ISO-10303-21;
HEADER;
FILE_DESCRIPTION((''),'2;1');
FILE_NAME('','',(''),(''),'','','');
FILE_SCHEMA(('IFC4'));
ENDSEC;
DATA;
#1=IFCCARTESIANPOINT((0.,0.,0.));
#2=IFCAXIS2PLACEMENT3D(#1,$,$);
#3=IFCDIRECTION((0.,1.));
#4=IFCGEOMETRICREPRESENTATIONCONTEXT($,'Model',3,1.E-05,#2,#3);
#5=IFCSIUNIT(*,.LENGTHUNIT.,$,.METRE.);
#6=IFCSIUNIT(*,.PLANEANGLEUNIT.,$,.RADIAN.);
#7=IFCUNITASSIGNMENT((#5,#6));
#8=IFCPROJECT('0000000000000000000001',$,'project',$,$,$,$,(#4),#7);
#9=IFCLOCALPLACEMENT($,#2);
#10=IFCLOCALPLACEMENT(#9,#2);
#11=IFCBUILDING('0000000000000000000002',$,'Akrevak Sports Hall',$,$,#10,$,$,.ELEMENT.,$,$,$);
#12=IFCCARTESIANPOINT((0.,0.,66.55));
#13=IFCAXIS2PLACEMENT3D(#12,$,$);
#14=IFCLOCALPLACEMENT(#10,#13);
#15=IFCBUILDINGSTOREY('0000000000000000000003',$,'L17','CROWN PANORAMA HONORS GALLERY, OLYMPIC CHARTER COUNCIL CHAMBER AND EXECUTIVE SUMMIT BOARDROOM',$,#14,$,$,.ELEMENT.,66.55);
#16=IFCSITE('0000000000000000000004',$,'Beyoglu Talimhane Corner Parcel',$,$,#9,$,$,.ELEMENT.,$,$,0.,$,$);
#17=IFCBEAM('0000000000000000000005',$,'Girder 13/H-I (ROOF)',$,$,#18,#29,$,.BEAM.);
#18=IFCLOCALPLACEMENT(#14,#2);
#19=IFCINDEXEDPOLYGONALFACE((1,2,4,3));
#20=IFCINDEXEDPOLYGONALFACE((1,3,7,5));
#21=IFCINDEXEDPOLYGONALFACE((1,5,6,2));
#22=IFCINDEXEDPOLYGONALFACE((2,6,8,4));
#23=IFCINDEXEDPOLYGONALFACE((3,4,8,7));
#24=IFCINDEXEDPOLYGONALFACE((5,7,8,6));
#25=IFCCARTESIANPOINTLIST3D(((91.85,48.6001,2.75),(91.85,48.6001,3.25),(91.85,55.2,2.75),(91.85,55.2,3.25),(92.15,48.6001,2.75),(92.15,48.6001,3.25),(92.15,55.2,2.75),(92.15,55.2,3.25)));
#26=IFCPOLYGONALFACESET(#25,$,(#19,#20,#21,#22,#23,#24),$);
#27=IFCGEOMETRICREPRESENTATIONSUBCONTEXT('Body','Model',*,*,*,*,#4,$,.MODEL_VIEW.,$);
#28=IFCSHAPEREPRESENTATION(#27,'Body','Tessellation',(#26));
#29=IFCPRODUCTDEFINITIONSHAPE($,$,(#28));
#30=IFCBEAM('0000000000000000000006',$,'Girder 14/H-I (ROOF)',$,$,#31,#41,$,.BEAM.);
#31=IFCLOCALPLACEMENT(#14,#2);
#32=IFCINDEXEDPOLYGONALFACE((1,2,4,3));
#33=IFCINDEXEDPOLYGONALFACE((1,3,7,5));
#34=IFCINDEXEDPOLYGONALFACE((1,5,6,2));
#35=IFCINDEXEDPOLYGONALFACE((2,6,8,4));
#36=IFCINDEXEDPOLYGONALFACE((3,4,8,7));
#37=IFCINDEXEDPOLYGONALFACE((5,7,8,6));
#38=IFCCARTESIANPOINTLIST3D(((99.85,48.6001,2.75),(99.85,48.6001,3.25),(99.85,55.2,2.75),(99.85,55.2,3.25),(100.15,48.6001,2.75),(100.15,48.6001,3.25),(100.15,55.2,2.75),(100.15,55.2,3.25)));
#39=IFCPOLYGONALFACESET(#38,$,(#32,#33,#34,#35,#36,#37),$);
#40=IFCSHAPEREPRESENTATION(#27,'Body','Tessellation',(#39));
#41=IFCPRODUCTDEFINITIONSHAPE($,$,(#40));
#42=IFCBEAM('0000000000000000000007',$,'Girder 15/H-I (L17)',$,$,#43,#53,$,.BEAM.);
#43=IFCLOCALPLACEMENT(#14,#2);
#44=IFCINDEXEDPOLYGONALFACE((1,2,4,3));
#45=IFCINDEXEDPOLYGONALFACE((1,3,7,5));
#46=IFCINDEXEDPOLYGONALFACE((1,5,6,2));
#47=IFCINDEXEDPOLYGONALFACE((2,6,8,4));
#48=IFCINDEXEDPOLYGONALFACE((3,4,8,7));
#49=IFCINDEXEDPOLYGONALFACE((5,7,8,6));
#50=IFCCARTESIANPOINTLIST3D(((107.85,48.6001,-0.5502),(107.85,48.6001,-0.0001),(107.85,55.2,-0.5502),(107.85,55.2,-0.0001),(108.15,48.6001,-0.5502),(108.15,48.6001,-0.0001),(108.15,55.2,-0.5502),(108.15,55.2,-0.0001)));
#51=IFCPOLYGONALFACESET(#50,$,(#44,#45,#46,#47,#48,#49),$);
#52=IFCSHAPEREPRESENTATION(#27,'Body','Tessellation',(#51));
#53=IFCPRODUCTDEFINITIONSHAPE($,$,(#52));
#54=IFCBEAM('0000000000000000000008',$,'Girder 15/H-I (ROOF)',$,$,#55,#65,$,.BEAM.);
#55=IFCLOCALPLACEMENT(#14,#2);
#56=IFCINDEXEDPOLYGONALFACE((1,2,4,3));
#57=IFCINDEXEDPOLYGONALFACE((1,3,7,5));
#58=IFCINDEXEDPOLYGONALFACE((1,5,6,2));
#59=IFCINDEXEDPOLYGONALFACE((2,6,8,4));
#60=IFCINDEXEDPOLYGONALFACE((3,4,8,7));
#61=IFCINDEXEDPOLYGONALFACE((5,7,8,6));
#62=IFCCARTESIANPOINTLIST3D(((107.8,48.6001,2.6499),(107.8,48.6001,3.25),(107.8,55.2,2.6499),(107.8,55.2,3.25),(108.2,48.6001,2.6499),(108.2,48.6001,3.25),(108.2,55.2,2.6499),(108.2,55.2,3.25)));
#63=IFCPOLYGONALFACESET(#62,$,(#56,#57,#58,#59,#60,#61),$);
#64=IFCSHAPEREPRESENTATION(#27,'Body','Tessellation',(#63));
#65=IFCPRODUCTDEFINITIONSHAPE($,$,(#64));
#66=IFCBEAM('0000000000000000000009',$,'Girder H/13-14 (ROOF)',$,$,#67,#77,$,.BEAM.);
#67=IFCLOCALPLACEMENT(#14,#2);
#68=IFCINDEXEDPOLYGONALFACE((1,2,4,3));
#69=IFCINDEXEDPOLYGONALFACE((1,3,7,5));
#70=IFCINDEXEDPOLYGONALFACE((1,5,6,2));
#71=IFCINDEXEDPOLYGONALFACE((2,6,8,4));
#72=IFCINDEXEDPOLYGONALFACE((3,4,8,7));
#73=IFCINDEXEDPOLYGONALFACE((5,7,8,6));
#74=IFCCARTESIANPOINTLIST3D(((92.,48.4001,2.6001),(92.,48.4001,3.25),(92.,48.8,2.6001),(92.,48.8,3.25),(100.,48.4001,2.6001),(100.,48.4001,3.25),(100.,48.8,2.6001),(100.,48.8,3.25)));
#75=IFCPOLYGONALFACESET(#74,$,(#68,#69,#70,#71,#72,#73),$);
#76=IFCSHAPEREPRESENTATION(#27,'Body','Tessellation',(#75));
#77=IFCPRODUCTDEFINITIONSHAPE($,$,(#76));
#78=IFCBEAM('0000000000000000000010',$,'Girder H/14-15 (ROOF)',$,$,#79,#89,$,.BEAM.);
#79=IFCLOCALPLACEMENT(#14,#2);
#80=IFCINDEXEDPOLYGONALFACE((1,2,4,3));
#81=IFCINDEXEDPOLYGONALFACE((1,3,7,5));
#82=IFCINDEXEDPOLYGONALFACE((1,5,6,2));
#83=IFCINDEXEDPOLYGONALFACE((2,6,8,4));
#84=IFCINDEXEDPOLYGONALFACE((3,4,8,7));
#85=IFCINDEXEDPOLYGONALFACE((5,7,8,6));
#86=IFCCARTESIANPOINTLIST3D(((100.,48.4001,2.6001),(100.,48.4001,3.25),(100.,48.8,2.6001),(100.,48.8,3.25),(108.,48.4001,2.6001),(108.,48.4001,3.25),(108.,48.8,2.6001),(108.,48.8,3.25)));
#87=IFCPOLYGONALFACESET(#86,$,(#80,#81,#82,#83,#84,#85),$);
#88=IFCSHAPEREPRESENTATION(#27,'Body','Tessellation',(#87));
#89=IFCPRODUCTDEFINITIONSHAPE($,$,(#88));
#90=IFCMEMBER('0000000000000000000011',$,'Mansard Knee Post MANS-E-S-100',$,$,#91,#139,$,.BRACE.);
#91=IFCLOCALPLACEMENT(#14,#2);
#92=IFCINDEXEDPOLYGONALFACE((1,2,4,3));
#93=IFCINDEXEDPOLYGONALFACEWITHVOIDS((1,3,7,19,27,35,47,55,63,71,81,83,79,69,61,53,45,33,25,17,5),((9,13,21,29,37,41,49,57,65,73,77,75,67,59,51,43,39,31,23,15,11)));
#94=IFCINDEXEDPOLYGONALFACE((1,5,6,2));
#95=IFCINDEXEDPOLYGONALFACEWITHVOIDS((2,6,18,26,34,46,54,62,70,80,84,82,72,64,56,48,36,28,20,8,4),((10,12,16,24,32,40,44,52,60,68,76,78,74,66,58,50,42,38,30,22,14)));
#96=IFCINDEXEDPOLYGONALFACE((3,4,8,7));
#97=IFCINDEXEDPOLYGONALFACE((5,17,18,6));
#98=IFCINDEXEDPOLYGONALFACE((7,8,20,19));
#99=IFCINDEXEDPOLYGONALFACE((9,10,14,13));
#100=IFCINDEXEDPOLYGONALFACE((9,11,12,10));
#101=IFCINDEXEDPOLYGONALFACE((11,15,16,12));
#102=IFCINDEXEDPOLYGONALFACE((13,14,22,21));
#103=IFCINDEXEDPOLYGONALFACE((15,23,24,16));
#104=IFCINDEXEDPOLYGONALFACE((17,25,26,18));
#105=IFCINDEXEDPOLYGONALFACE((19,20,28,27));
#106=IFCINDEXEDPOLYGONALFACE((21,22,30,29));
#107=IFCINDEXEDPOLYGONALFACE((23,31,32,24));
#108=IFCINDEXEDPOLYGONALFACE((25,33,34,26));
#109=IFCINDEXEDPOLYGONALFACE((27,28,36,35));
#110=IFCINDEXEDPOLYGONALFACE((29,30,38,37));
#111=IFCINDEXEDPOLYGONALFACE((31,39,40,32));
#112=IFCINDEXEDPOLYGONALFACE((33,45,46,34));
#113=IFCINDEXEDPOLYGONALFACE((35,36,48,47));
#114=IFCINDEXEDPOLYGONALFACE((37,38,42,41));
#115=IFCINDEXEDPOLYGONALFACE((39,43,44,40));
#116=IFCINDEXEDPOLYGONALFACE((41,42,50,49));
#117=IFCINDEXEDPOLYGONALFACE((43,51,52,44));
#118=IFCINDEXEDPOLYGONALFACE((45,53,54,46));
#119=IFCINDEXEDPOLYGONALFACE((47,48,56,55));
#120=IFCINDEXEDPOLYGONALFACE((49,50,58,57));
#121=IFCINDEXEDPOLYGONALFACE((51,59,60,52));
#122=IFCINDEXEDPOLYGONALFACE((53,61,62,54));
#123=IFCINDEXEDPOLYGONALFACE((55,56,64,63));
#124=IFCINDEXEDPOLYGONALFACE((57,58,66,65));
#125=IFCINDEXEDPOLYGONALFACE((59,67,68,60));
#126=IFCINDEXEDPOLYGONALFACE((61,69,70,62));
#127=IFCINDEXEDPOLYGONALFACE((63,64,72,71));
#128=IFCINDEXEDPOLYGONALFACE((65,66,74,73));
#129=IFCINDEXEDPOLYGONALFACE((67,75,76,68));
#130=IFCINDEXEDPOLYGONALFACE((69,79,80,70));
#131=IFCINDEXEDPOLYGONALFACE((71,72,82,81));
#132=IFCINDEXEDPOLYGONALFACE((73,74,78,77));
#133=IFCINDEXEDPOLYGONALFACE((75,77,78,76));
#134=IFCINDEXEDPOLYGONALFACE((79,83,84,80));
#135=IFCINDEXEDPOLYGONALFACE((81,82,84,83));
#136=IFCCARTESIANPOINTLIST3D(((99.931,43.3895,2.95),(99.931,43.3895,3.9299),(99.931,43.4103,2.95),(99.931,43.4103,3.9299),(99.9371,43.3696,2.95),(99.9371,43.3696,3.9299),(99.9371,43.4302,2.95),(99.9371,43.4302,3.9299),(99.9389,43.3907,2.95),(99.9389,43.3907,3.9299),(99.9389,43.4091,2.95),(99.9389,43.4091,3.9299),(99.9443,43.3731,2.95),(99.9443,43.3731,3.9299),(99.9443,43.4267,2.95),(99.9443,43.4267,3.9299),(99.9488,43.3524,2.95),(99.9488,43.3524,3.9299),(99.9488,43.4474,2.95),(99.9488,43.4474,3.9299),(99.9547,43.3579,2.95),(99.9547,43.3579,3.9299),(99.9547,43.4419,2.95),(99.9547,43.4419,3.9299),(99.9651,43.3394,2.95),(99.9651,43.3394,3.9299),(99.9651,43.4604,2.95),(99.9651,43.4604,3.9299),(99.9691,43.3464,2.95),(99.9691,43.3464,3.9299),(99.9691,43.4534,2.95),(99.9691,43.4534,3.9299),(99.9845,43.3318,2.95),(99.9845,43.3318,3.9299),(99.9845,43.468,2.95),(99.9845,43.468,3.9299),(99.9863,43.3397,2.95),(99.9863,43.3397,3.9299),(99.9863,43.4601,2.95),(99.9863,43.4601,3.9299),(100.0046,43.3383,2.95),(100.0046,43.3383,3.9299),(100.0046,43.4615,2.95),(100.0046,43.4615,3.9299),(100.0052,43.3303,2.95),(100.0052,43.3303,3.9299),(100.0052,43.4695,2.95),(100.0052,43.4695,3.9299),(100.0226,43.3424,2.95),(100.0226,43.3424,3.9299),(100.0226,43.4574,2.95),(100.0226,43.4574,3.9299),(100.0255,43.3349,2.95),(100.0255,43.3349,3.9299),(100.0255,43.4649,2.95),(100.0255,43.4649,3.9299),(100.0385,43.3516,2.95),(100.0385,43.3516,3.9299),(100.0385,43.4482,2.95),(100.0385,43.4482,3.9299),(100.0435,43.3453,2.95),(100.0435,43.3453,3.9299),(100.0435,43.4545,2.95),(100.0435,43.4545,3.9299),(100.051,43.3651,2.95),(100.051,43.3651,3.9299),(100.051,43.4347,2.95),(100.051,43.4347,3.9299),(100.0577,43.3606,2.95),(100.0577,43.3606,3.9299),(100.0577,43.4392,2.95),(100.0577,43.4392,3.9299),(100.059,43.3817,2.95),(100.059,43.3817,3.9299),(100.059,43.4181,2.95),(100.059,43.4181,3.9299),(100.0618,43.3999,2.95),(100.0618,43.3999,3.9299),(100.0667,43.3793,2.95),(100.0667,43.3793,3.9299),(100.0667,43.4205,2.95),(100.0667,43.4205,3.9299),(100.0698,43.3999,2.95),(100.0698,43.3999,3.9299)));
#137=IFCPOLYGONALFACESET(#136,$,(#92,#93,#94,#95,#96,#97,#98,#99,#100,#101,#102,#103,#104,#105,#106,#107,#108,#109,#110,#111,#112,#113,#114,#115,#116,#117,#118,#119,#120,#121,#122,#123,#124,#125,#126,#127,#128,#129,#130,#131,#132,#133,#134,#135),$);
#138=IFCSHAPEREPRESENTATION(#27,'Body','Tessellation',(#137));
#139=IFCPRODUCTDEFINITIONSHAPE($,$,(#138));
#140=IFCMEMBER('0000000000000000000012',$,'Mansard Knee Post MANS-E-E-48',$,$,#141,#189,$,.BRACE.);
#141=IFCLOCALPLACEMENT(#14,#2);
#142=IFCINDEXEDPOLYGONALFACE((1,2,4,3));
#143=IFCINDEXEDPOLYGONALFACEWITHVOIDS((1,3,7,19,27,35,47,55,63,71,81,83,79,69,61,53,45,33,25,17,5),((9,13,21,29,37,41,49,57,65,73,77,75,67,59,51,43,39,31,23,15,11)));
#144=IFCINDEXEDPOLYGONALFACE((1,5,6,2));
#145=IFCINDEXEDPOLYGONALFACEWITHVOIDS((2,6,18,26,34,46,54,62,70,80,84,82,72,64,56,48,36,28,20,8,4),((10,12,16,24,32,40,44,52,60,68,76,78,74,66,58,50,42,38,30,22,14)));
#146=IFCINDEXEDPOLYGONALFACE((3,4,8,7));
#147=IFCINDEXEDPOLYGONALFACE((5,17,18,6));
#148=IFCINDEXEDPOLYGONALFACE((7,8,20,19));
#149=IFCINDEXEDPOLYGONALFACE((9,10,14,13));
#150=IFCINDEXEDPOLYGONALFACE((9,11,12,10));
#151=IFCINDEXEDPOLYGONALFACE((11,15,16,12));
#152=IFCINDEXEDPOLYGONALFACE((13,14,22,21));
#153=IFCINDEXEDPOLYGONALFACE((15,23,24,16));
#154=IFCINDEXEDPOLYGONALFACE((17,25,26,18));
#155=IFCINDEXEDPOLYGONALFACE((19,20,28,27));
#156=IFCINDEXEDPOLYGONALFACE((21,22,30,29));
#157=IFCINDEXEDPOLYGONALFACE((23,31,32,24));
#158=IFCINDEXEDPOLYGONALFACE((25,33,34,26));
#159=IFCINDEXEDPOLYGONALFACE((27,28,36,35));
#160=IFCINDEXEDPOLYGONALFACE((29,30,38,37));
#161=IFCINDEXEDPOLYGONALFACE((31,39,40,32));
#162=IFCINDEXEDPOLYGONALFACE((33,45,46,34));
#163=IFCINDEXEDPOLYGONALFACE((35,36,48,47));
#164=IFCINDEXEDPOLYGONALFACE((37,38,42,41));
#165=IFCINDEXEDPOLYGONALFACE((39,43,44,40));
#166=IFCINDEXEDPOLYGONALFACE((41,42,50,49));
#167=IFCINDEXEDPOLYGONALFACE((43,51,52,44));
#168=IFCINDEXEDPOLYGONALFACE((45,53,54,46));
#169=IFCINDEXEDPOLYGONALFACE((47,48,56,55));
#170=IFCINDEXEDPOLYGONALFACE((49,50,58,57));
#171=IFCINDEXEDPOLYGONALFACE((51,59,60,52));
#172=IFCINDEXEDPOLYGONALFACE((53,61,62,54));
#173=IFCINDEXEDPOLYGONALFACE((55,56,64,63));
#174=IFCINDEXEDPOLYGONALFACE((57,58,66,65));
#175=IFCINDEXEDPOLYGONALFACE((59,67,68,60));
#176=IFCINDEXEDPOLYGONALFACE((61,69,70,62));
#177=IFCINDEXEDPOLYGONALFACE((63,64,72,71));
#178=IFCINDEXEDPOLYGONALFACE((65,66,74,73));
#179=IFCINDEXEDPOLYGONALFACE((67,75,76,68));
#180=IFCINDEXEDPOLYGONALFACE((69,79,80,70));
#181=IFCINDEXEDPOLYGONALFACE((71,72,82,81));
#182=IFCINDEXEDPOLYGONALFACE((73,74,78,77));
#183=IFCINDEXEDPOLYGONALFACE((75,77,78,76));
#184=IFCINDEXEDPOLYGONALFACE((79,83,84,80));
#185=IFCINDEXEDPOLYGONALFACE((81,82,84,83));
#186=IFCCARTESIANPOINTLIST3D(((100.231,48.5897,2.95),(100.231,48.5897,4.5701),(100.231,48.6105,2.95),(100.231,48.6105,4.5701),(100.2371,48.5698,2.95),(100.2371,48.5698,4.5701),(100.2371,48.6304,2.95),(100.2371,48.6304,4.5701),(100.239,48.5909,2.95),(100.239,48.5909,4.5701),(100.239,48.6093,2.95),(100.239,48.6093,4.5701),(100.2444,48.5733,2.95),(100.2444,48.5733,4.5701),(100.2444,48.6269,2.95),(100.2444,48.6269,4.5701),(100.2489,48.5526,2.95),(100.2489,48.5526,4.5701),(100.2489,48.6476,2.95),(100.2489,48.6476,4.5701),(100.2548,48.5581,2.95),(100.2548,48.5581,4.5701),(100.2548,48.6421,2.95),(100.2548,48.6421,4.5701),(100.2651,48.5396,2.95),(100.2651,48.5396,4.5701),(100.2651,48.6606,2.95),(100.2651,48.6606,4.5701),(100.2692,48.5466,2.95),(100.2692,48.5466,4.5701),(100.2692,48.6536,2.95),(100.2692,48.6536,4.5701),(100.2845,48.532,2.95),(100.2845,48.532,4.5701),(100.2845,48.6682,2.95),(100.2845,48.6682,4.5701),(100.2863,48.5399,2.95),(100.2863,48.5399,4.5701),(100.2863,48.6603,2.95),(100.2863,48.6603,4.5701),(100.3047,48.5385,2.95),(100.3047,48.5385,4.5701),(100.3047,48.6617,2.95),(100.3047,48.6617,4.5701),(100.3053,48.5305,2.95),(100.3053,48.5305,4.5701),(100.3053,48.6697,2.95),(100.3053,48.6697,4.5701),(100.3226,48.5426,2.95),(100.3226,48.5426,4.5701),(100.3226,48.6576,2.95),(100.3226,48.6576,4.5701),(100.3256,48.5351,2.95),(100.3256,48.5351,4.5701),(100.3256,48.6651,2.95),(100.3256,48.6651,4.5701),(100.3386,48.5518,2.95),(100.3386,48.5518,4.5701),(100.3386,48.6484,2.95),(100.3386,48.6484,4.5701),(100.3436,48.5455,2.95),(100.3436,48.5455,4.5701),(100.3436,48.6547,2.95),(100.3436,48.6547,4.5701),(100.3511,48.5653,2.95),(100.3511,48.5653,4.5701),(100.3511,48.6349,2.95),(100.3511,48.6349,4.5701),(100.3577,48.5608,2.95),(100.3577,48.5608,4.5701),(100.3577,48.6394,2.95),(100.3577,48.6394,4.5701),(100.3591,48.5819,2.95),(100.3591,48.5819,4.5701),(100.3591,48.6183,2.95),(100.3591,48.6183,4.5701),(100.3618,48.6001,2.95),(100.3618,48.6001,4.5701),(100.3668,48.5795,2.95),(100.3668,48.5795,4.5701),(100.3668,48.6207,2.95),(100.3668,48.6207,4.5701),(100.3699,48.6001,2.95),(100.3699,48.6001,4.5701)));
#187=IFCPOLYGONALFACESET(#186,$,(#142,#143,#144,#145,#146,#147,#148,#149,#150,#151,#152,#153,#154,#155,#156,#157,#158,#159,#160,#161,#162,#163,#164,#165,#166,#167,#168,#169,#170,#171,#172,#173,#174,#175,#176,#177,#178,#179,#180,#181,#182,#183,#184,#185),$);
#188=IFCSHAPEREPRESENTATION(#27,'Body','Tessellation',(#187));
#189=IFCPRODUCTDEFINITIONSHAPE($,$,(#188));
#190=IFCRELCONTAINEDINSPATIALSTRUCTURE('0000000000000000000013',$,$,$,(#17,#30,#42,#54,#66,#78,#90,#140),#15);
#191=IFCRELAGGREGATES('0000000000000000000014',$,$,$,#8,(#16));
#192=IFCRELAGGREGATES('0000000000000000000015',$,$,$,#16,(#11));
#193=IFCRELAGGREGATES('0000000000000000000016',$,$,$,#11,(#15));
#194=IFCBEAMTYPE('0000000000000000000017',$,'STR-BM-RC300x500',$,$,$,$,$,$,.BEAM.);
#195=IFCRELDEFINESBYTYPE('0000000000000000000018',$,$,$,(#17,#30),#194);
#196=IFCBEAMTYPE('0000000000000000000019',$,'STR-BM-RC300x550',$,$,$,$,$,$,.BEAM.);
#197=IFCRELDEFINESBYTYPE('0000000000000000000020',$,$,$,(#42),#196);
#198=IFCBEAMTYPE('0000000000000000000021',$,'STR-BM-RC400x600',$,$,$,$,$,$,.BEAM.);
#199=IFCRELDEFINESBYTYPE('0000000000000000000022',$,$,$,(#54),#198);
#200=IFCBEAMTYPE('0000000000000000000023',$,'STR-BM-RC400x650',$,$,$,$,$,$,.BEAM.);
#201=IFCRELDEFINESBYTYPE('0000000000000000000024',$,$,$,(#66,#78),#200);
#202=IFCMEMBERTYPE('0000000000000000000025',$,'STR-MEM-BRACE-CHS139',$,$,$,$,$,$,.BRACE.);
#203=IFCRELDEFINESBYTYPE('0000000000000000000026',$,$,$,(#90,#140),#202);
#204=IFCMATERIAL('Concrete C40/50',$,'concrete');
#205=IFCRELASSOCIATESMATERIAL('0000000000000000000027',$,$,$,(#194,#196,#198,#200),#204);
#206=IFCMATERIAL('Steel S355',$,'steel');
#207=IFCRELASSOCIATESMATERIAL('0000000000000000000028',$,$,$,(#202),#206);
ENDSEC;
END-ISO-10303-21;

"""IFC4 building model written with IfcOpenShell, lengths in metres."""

from ifc_helpers import new_model, si_unit, direction, frame, origin, origin_2d, place, context, subcontext, project, spatial, rectangle, hollow_circle, extrude, material, material_profile, profile_set, type_object, element, save


model = new_model("IFC4")

# Units and contexts
model_context = context("Model", 3, precision=1e-05, world=origin(), true_north=direction((0.0, 1.0)))
body_context = subcontext(model_context, "Body", "Model", "MODEL_VIEW")
ifc_project = project(units=[si_unit("LENGTHUNIT", "METRE"), si_unit("PLANEANGLEUNIT", "RADIAN")], contexts=[model_context])

# Site, building, storey
site_placement = place(None, origin())
site = spatial("IfcSite", under=ifc_project, at=site_placement, Name="Beyoglu Talimhane Corner Parcel", CompositionType="ELEMENT", RefElevation=0.0)
building_placement = place(site_placement, origin())
building = spatial("IfcBuilding", under=site, at=building_placement, Name="Akrevak Sports Hall", CompositionType="ELEMENT")
storey_placement = place(building_placement, frame((0.0, 0.0, 66.55)))
storey = spatial("IfcBuildingStorey", under=building, at=storey_placement, Name="L17", Description="CROWN PANORAMA HONORS GALLERY, OLYMPIC CHARTER COUNCIL CHAMBER AND EXECUTIVE SUMMIT BOARDROOM", CompositionType="ELEMENT", Elevation=66.55)

# Shared definitions
ifc_material_1 = material(Name="Concrete C40/50", Category="concrete")

# Beams
ifc_material_profile_1 = material_profile(ifc_material_1, rectangle(XDim=0.3, YDim=0.5, at=origin_2d()), Name="BM 300x500", Category="concrete")
ifc_profile_set_1 = profile_set([ifc_material_profile_1], Name="Concrete C40/50")
beam_type_1 = type_object("IfcBeamType", Name="STR-BM-RC300x500", PredefinedType="BEAM", material=ifc_profile_set_1)
for number, where, z_axis, x_axis, name in (
    (1, (92.0, 48.6001, 3.0), (0.0, 1.0, 0.0), (-1.0, 0.0, 0.0), "Girder 13/H-I (ROOF)"),
    (2, (100.0, 48.6001, 3.0), (0.0, 1.0, 0.0), (-1.0, 0.0, 0.0), "Girder 14/H-I (ROOF)"),
):
    element("IfcBeam", number, at=place(storey_placement, frame(where, z_axis=z_axis, x_axis=x_axis)), inside=storey, type_object=beam_type_1, Name=name, PredefinedType="BEAM", context=body_context, shape_type="SweptSolid", body=[
        extrude(rectangle(XDim=0.3, YDim=0.5, at=origin_2d()), origin(), (0.0, 0.0, 1.0), 6.5999),
    ])
ifc_material_profile_2 = material_profile(ifc_material_1, rectangle(XDim=0.3, YDim=0.55, at=origin_2d()), Name="BM 300x550", Category="concrete")
ifc_profile_set_2 = profile_set([ifc_material_profile_2], Name="Concrete C40/50")
beam_type_2 = type_object("IfcBeamType", Name="STR-BM-RC300x550", PredefinedType="BEAM", material=ifc_profile_set_2)
beam_1_placement = place(storey_placement, frame((108.0, 48.6001, -0.2751), z_axis=(0.0, 1.0, 0.0), x_axis=(-1.0, 0.0, 0.0)))
element("IfcBeam", 3, at=beam_1_placement, inside=storey, type_object=beam_type_2, Name="Girder 15/H-I (L17)", PredefinedType="BEAM", context=body_context, shape_type="SweptSolid", body=[
    extrude(rectangle(XDim=0.3, YDim=0.55, at=origin_2d()), origin(), (0.0, 0.0, 1.0), 6.5999),
])
ifc_material_profile_3 = material_profile(ifc_material_1, rectangle(XDim=0.3999, YDim=0.6001, at=origin_2d()), Name="BM 400x600", Category="concrete")
ifc_profile_set_3 = profile_set([ifc_material_profile_3], Name="Concrete C40/50")
beam_type_3 = type_object("IfcBeamType", Name="STR-BM-RC400x600", PredefinedType="BEAM", material=ifc_profile_set_3)
beam_2_placement = place(storey_placement, frame((108.0, 48.6001, 2.95), z_axis=(0.0, 1.0, 0.0), x_axis=(-1.0, 0.0, 0.0)))
element("IfcBeam", 4, at=beam_2_placement, inside=storey, type_object=beam_type_3, Name="Girder 15/H-I (ROOF)", PredefinedType="BEAM", context=body_context, shape_type="SweptSolid", body=[
    extrude(rectangle(XDim=0.3999, YDim=0.6001, at=origin_2d()), origin(), (0.0, 0.0, 1.0), 6.5999),
])
ifc_material_profile_4 = material_profile(ifc_material_1, rectangle(XDim=0.3999, YDim=0.6499, at=origin_2d()), Name="BM 400x650", Category="concrete")
ifc_profile_set_4 = profile_set([ifc_material_profile_4], Name="Concrete C40/50")
beam_type_4 = type_object("IfcBeamType", Name="STR-BM-RC400x650", PredefinedType="BEAM", material=ifc_profile_set_4)
for number, where, z_axis, x_axis, name in (
    (5, (92.0, 48.6001, 2.925), (1.0, 0.0, 0.0), (0.0, 1.0, 0.0), "Girder H/13-14 (ROOF)"),
    (6, (100.0, 48.6001, 2.925), (1.0, 0.0, 0.0), (0.0, 1.0, 0.0), "Girder H/14-15 (ROOF)"),
):
    element("IfcBeam", number, at=place(storey_placement, frame(where, z_axis=z_axis, x_axis=x_axis)), inside=storey, type_object=beam_type_4, Name=name, PredefinedType="BEAM", context=body_context, shape_type="SweptSolid", body=[
        extrude(rectangle(XDim=0.3999, YDim=0.6499, at=origin_2d()), origin(), (0.0, 0.0, 1.0), 8.0),
    ])

# Members
ifc_material_2 = material(Name="Steel S355", Category="steel")
ifc_material_profile_5 = material_profile(ifc_material_2, hollow_circle(Radius=0.0698, WallThickness=0.0081, at=origin_2d()), Name="CHS 139.7x8", Category="steel")
ifc_profile_set_5 = profile_set([ifc_material_profile_5], Name="Steel S355")
member_type_1 = type_object("IfcMemberType", Name="STR-MEM-BRACE-CHS139", PredefinedType="BRACE", material=ifc_profile_set_5)
member_1_placement = place(storey_placement, frame((100.0, 43.3999, 2.95), z_axis=(0.0, 0.0, 1.0), x_axis=(1.0, 0.0, 0.0)))
element("IfcMember", 7, at=member_1_placement, inside=storey, type_object=member_type_1, Name="Mansard Knee Post MANS-E-S-100", PredefinedType="BRACE", context=body_context, shape_type="SweptSolid", body=[
    extrude(hollow_circle(Radius=0.0698, WallThickness=0.0081, at=origin_2d()), origin(), (0.0, 0.0, 1.0), 0.98),
])
member_2_placement = place(storey_placement, frame((100.3, 48.6001, 2.95), z_axis=(0.0, 0.0, 1.0), x_axis=(1.0, 0.0, 0.0)))
element("IfcMember", 8, at=member_2_placement, inside=storey, type_object=member_type_1, Name="Mansard Knee Post MANS-E-E-48", PredefinedType="BRACE", context=body_context, shape_type="SweptSolid", body=[
    extrude(hollow_circle(Radius=0.0698, WallThickness=0.0081, at=origin_2d()), origin(), (0.0, 0.0, 1.0), 1.6201),
])

save(model, "model.ifc")
